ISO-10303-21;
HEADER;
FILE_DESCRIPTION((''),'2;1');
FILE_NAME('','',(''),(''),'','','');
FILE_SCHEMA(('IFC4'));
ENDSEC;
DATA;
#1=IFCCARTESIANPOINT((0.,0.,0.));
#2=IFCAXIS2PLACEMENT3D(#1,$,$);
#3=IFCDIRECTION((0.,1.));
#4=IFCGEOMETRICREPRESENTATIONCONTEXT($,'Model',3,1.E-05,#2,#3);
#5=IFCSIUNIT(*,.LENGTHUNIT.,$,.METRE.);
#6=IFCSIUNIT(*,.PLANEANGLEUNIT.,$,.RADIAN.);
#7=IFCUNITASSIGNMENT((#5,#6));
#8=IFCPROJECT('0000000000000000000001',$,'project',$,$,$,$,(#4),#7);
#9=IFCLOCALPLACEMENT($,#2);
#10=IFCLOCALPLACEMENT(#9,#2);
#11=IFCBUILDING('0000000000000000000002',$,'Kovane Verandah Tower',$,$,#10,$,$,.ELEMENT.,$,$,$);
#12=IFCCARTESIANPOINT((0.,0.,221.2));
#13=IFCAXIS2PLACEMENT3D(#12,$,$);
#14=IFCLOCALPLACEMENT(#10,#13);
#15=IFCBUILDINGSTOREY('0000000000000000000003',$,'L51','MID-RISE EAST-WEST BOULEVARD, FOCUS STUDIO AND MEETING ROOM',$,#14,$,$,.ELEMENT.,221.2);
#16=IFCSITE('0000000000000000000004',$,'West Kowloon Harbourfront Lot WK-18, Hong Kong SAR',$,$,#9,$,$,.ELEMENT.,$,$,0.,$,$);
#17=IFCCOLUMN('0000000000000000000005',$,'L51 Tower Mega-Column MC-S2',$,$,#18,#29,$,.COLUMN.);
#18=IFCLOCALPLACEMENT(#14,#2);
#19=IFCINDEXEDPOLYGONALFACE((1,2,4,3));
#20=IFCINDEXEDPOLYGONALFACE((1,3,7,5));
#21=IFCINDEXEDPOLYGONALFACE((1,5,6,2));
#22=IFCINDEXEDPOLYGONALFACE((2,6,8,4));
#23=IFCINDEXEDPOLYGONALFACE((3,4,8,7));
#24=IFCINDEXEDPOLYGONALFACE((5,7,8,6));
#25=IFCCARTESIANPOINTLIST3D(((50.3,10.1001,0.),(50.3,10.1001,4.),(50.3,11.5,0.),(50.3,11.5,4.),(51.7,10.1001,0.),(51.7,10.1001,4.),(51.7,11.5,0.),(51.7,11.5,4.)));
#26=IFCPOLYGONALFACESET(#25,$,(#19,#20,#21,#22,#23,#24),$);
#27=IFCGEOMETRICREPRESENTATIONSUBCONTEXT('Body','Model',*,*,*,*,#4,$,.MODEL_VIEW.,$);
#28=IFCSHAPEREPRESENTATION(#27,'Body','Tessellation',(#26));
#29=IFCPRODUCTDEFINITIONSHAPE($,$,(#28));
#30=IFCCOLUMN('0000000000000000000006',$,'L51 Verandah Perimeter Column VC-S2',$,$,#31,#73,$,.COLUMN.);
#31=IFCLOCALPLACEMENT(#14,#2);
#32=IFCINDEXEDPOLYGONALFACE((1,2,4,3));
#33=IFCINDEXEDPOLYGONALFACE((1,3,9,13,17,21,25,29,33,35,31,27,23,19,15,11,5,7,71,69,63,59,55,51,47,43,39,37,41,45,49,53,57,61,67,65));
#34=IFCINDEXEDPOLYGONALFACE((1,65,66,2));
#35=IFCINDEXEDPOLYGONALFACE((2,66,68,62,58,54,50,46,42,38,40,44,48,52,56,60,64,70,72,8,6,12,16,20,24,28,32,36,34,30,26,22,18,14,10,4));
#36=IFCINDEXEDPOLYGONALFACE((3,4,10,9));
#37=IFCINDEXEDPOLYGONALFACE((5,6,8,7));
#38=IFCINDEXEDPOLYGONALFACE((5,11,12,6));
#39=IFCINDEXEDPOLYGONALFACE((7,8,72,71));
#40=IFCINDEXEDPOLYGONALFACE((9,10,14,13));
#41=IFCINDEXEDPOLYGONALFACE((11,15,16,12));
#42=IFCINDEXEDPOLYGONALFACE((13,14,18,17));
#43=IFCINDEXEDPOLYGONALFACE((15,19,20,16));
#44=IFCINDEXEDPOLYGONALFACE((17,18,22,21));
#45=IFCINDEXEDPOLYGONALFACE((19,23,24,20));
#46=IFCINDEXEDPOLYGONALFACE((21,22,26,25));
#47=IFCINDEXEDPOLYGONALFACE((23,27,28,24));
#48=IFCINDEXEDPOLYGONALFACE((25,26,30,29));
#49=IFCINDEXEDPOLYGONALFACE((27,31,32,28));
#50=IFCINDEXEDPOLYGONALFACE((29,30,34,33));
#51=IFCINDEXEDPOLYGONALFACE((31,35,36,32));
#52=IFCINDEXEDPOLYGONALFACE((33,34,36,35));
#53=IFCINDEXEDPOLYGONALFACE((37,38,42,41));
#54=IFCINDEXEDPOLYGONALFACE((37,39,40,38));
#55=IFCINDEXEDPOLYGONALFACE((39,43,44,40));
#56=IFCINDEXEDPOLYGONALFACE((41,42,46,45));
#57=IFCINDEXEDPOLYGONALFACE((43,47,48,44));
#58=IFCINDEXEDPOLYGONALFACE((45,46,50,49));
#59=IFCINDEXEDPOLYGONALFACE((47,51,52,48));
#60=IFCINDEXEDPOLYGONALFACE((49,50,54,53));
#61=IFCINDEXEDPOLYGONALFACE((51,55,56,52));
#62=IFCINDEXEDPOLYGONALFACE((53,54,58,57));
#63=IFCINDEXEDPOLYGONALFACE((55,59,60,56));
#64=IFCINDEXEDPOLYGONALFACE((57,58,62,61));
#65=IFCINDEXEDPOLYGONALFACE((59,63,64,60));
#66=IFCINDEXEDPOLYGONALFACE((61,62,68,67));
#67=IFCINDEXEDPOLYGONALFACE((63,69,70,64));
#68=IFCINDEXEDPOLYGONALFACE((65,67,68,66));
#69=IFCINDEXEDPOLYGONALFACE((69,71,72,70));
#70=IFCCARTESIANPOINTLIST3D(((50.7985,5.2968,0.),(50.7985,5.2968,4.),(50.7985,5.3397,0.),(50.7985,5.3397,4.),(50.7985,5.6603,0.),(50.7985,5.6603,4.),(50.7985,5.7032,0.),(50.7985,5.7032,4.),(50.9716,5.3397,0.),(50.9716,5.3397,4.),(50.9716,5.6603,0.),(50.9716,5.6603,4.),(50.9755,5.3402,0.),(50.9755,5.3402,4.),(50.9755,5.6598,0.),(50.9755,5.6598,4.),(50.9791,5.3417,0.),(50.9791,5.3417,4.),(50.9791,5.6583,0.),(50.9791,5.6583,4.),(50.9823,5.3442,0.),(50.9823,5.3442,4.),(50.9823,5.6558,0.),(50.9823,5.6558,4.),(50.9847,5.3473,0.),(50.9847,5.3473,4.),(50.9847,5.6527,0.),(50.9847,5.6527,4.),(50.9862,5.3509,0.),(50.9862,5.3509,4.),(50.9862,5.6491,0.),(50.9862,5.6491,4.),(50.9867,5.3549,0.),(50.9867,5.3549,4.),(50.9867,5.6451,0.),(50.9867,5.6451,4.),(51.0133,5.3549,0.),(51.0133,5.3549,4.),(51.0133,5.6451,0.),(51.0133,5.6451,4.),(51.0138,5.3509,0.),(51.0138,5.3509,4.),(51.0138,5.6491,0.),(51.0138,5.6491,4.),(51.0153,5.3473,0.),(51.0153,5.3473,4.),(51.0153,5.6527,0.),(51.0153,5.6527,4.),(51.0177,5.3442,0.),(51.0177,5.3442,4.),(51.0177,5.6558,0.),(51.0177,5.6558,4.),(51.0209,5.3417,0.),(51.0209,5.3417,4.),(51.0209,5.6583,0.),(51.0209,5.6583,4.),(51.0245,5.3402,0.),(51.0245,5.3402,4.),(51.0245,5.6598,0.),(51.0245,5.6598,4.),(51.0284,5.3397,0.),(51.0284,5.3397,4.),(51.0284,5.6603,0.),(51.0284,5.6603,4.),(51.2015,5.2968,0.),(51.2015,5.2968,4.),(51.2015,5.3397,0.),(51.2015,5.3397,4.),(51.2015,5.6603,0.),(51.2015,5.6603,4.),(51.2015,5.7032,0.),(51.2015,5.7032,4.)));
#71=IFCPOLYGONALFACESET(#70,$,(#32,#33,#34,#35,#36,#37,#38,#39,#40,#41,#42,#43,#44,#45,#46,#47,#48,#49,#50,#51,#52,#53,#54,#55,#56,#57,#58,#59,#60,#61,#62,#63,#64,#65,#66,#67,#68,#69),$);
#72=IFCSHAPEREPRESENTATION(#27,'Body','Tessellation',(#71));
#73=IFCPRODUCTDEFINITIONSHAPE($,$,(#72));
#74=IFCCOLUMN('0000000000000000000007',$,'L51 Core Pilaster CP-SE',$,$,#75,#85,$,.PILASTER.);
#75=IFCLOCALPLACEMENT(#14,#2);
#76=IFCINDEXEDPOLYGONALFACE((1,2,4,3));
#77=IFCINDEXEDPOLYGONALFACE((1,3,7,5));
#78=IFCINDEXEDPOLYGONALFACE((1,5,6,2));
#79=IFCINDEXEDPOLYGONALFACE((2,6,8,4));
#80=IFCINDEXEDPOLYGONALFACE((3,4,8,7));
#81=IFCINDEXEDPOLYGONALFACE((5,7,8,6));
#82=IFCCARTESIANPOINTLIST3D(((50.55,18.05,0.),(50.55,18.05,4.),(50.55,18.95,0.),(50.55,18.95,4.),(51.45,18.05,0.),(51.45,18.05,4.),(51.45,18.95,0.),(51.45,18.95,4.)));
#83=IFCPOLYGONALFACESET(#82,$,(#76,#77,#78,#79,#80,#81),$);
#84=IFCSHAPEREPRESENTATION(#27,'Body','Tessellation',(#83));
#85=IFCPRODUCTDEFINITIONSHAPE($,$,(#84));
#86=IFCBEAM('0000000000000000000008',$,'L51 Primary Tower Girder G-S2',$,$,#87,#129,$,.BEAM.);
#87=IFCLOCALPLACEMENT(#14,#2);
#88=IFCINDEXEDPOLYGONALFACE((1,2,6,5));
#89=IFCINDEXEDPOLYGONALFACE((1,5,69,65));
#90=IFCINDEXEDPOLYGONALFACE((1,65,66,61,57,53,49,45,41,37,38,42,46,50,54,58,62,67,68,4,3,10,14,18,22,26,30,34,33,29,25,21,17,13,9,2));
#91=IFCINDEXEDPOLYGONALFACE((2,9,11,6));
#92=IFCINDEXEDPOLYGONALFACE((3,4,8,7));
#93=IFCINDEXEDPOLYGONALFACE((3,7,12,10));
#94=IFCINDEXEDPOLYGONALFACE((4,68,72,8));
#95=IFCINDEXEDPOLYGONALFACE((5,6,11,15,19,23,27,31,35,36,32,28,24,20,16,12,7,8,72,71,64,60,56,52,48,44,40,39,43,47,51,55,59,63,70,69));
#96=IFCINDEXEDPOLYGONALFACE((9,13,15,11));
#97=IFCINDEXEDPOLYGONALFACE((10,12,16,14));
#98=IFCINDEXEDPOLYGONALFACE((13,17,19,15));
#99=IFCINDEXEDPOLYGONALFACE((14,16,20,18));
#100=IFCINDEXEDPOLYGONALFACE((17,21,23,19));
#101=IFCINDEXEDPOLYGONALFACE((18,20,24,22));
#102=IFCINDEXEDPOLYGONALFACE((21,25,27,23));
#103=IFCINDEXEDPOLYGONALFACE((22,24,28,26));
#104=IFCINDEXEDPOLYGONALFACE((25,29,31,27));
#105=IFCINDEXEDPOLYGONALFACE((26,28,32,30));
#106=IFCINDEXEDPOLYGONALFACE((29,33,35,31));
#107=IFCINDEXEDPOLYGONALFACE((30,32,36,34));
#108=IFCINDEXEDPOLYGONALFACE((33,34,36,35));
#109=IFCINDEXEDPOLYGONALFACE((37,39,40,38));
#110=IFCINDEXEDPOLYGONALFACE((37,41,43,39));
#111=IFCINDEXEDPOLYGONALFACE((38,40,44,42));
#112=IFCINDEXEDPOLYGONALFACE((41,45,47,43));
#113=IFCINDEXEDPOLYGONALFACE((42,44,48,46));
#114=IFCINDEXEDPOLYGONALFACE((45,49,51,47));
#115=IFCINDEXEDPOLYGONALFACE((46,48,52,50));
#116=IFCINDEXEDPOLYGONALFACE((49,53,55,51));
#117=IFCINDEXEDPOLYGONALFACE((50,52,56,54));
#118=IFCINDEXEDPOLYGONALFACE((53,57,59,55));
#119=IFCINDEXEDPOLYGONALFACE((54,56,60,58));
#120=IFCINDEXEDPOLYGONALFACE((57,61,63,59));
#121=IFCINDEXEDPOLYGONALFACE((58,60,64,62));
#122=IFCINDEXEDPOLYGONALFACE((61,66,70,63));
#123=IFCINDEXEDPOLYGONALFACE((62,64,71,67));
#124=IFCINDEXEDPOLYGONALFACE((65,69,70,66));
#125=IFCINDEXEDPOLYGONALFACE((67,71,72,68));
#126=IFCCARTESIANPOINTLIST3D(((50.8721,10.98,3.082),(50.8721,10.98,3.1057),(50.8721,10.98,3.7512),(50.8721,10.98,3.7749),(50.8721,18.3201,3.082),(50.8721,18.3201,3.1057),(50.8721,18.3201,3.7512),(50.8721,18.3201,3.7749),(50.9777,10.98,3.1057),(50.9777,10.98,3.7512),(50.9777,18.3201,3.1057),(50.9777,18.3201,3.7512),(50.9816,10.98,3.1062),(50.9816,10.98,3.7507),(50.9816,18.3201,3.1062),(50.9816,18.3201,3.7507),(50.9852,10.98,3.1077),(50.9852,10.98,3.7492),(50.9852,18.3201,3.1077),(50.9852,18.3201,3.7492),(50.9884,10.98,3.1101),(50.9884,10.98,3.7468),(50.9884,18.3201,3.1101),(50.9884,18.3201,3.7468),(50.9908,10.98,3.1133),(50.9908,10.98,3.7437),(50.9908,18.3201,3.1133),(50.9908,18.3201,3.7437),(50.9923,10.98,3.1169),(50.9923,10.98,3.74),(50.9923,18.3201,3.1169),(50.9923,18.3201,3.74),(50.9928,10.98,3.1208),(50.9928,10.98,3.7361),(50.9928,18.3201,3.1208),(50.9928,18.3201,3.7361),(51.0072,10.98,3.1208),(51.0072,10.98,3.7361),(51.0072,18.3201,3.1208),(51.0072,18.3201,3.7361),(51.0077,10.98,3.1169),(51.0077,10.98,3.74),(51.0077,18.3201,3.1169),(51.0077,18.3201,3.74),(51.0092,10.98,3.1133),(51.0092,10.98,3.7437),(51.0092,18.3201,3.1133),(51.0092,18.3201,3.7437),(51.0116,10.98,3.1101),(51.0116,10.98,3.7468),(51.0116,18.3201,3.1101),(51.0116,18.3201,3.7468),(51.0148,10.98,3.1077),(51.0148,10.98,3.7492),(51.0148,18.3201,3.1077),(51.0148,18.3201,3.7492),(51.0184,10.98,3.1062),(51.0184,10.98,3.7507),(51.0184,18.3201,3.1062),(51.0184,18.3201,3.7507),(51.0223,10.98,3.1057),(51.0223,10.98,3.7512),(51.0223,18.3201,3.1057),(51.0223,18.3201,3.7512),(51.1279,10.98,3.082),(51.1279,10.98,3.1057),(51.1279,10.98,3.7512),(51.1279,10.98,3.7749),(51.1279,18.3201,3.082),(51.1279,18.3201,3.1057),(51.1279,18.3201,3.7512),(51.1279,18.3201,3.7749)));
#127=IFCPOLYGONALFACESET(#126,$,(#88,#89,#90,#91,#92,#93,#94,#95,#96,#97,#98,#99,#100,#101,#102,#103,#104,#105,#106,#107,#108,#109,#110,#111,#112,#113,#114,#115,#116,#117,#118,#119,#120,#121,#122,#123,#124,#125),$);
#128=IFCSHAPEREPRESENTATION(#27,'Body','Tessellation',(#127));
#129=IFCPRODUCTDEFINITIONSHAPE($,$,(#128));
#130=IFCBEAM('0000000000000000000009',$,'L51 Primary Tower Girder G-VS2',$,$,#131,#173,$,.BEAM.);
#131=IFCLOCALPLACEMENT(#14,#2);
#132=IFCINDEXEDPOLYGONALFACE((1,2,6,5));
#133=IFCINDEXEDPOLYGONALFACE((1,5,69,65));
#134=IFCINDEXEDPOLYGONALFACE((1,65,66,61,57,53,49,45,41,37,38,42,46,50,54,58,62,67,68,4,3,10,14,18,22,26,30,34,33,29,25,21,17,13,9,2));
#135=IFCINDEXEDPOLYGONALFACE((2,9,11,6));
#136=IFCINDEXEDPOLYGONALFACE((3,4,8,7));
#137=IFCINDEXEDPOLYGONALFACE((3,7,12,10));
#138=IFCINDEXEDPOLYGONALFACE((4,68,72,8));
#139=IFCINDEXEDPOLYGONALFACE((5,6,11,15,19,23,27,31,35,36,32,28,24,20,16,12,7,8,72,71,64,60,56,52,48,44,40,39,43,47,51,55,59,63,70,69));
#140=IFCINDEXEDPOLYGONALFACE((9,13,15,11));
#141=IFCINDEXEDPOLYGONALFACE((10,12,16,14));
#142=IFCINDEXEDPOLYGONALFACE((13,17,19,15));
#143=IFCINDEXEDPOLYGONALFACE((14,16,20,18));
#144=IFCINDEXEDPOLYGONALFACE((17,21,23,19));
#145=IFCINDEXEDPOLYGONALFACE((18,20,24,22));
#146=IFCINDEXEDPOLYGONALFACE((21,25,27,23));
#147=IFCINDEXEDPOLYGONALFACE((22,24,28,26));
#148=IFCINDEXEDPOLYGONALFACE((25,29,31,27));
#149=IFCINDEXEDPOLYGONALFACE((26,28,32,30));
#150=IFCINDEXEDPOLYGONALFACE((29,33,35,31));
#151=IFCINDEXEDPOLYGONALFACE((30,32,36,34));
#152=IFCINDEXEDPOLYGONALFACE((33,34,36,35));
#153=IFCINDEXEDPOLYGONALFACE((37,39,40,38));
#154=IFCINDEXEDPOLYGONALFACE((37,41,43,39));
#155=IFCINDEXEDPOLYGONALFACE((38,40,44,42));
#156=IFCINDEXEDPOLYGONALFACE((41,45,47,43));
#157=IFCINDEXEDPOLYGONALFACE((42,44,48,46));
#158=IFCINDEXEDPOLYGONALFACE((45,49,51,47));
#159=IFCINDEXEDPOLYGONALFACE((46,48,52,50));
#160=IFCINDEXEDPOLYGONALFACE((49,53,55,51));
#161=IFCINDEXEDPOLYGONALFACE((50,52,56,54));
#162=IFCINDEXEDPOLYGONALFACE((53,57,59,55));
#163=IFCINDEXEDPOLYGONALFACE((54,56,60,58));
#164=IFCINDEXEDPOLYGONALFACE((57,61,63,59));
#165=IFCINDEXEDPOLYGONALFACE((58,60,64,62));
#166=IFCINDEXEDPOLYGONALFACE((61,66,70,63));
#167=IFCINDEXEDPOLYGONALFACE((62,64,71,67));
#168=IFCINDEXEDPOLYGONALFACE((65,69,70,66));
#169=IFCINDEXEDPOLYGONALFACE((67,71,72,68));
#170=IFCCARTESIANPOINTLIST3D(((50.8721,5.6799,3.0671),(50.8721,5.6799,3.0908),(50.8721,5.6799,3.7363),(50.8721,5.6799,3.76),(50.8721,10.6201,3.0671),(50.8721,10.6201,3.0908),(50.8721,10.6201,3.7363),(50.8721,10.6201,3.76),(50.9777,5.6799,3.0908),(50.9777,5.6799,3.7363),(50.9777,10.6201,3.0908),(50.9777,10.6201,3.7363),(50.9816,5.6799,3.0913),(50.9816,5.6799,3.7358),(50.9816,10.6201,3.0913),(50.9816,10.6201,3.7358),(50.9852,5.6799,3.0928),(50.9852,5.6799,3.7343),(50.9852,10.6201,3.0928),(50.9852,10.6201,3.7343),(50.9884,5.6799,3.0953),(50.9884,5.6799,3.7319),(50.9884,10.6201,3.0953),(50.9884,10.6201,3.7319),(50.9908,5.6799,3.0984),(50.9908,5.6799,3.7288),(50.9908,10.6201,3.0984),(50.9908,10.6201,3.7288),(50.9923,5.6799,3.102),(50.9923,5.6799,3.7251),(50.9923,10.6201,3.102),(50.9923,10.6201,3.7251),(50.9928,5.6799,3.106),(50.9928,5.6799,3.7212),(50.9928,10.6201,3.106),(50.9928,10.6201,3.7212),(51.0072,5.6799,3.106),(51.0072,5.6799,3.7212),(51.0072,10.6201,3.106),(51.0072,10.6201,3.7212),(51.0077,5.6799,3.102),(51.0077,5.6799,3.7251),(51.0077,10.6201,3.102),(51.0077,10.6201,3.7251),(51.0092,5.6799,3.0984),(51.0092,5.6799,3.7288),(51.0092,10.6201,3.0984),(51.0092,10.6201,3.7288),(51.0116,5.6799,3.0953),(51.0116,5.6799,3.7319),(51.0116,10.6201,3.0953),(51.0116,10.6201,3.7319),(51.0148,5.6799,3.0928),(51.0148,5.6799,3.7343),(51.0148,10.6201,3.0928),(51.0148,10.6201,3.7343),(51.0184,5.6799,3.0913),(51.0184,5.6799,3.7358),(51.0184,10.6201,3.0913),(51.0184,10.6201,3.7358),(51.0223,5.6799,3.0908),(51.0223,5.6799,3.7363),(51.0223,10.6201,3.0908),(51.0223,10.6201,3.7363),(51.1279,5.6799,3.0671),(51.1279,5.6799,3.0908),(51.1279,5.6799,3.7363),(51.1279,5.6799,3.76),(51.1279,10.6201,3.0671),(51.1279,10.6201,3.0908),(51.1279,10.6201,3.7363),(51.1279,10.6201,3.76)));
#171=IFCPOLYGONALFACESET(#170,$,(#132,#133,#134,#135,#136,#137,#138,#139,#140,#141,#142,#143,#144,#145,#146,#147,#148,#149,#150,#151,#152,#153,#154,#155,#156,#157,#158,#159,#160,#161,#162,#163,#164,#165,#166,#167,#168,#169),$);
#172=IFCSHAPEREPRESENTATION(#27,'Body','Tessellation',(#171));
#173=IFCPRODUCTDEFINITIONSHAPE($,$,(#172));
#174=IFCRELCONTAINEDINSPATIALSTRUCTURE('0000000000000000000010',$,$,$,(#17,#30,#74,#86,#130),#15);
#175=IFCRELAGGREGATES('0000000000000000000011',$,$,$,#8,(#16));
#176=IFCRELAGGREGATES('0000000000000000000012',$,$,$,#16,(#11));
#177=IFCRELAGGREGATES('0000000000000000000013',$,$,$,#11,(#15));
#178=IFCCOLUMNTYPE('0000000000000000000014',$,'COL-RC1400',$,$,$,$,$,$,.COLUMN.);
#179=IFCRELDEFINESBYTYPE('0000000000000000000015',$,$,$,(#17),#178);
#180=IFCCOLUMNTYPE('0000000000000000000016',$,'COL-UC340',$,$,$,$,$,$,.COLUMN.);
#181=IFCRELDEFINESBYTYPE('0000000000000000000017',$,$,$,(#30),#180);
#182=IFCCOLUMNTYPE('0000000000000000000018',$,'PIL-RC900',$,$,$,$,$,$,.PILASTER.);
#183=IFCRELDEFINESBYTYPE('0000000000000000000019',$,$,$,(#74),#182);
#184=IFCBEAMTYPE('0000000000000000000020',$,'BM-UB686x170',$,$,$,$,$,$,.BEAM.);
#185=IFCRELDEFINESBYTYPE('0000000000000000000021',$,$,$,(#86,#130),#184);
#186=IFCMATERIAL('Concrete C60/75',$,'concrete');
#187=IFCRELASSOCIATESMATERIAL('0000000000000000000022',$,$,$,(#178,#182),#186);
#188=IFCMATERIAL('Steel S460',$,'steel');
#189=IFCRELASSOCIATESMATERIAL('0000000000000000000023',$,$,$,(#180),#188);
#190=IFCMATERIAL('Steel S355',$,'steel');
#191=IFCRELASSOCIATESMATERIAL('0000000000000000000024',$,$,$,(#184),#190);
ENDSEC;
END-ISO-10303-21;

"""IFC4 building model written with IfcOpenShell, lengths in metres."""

from ifc_helpers import new_model, si_unit, direction, frame, origin, origin_2d, place, context, subcontext, project, spatial, rectangle, i_section, extrude, material, material_profile, profile_set, type_object, element, save


model = new_model("IFC4")

# Units and contexts
model_context = context("Model", 3, precision=1e-05, world=origin(), true_north=direction((0.0, 1.0)))
body_context = subcontext(model_context, "Body", "Model", "MODEL_VIEW")
ifc_project = project(units=[si_unit("LENGTHUNIT", "METRE"), si_unit("PLANEANGLEUNIT", "RADIAN")], contexts=[model_context])

# Site, building, storey
site_placement = place(None, origin())
site = spatial("IfcSite", under=ifc_project, at=site_placement, Name="West Kowloon Harbourfront Lot WK-18, Hong Kong SAR", CompositionType="ELEMENT", RefElevation=0.0)
building_placement = place(site_placement, origin())
building = spatial("IfcBuilding", under=site, at=building_placement, Name="Kovane Verandah Tower", CompositionType="ELEMENT")
storey_placement = place(building_placement, frame((0.0, 0.0, 221.2)))
storey = spatial("IfcBuildingStorey", under=building, at=storey_placement, Name="L51", Description="MID-RISE EAST-WEST BOULEVARD, FOCUS STUDIO AND MEETING ROOM", CompositionType="ELEMENT", Elevation=221.2)

# Columns
ifc_material_1 = material(Name="Concrete C60/75", Category="concrete")
ifc_material_profile_1 = material_profile(ifc_material_1, rectangle(XDim=1.3999, YDim=1.3999, at=origin_2d()), Name="RC1400x1400")
ifc_profile_set_1 = profile_set([ifc_material_profile_1], Name="Concrete C60/75")
column_type_1 = type_object("IfcColumnType", Name="COL-RC1400", PredefinedType="COLUMN", material=ifc_profile_set_1)
column_1_placement = place(storey_placement, frame((51.0, 10.8, 0.0), z_axis=(0.0, 0.0, 1.0), x_axis=(1.0, 0.0, 0.0)))
element("IfcColumn", 1, at=column_1_placement, inside=storey, type_object=column_type_1, Name="L51 Tower Mega-Column MC-S2", PredefinedType="COLUMN", context=body_context, shape_type="SweptSolid", body=[
    extrude(rectangle(XDim=1.3999, YDim=1.3999, at=origin_2d()), origin(), (0.0, 0.0, 1.0), 4.0),
])
ifc_material_2 = material(Name="Steel S460", Category="steel")
ifc_material_profile_2 = material_profile(ifc_material_2, i_section(OverallWidth=0.4031, OverallDepth=0.4065, WebThickness=0.0266, FlangeThickness=0.043, FilletRadius=0.0151, at=origin_2d()), Name="UC356x406x340")
ifc_profile_set_2 = profile_set([ifc_material_profile_2], Name="Steel S460")
column_type_2 = type_object("IfcColumnType", Name="COL-UC340", PredefinedType="COLUMN", material=ifc_profile_set_2)
column_2_placement = place(storey_placement, frame((51.0, 5.5, 0.0), z_axis=(0.0, 0.0, 1.0), x_axis=(1.0, 0.0, 0.0)))
element("IfcColumn", 2, at=column_2_placement, inside=storey, type_object=column_type_2, Name="L51 Verandah Perimeter Column VC-S2", PredefinedType="COLUMN", context=body_context, shape_type="SweptSolid", body=[
    extrude(i_section(OverallWidth=0.4031, OverallDepth=0.4065, WebThickness=0.0266, FlangeThickness=0.043, FilletRadius=0.0151, at=origin_2d()), origin(), (0.0, 0.0, 1.0), 4.0),
])
ifc_material_profile_3 = material_profile(ifc_material_1, rectangle(XDim=0.8999, YDim=0.8999, at=origin_2d()), Name="RC900x900")
ifc_profile_set_3 = profile_set([ifc_material_profile_3], Name="Concrete C60/75")
column_type_3 = type_object("IfcColumnType", Name="PIL-RC900", PredefinedType="PILASTER", material=ifc_profile_set_3)
column_3_placement = place(storey_placement, frame((51.0, 18.5, 0.0), z_axis=(0.0, 0.0, 1.0), x_axis=(1.0, 0.0, 0.0)))
element("IfcColumn", 3, at=column_3_placement, inside=storey, type_object=column_type_3, Name="L51 Core Pilaster CP-SE", PredefinedType="PILASTER", context=body_context, shape_type="SweptSolid", body=[
    extrude(rectangle(XDim=0.8999, YDim=0.8999, at=origin_2d()), origin(), (0.0, 0.0, 1.0), 4.0),
])

# Beams
ifc_material_3 = material(Name="Steel S355", Category="steel")
ifc_material_profile_4 = material_profile(ifc_material_3, i_section(OverallWidth=0.2559, OverallDepth=0.6929, WebThickness=0.0144, FlangeThickness=0.0237, FilletRadius=0.0151, at=origin_2d()), Name="UB686x254x170")
ifc_profile_set_4 = profile_set([ifc_material_profile_4], Name="Steel S355")
beam_type_1 = type_object("IfcBeamType", Name="BM-UB686x170", PredefinedType="BEAM", material=ifc_profile_set_4)
beam_1_placement = place(storey_placement, frame((51.0, 18.3201, 3.4285), z_axis=(0.0, -1.0, 0.0), x_axis=(1.0, 0.0, 0.0)))
element("IfcBeam", 4, at=beam_1_placement, inside=storey, type_object=beam_type_1, Name="L51 Primary Tower Girder G-S2", PredefinedType="BEAM", context=body_context, shape_type="SweptSolid", body=[
    extrude(i_section(OverallWidth=0.2559, OverallDepth=0.6929, WebThickness=0.0144, FlangeThickness=0.0237, FilletRadius=0.0151, at=origin_2d()), origin(), (0.0, 0.0, 1.0), 7.3401),
])
beam_2_placement = place(storey_placement, frame((51.0, 10.6201, 3.4136), z_axis=(0.0, -1.0, 0.0), x_axis=(1.0, 0.0, 0.0)))
element("IfcBeam", 5, at=beam_2_placement, inside=storey, type_object=beam_type_1, Name="L51 Primary Tower Girder G-VS2", PredefinedType="BEAM", context=body_context, shape_type="SweptSolid", body=[
    extrude(i_section(OverallWidth=0.2559, OverallDepth=0.6929, WebThickness=0.0144, FlangeThickness=0.0237, FilletRadius=0.0151, at=origin_2d()), origin(), (0.0, 0.0, 1.0), 4.9402),
])

save(model, "model.ifc")
